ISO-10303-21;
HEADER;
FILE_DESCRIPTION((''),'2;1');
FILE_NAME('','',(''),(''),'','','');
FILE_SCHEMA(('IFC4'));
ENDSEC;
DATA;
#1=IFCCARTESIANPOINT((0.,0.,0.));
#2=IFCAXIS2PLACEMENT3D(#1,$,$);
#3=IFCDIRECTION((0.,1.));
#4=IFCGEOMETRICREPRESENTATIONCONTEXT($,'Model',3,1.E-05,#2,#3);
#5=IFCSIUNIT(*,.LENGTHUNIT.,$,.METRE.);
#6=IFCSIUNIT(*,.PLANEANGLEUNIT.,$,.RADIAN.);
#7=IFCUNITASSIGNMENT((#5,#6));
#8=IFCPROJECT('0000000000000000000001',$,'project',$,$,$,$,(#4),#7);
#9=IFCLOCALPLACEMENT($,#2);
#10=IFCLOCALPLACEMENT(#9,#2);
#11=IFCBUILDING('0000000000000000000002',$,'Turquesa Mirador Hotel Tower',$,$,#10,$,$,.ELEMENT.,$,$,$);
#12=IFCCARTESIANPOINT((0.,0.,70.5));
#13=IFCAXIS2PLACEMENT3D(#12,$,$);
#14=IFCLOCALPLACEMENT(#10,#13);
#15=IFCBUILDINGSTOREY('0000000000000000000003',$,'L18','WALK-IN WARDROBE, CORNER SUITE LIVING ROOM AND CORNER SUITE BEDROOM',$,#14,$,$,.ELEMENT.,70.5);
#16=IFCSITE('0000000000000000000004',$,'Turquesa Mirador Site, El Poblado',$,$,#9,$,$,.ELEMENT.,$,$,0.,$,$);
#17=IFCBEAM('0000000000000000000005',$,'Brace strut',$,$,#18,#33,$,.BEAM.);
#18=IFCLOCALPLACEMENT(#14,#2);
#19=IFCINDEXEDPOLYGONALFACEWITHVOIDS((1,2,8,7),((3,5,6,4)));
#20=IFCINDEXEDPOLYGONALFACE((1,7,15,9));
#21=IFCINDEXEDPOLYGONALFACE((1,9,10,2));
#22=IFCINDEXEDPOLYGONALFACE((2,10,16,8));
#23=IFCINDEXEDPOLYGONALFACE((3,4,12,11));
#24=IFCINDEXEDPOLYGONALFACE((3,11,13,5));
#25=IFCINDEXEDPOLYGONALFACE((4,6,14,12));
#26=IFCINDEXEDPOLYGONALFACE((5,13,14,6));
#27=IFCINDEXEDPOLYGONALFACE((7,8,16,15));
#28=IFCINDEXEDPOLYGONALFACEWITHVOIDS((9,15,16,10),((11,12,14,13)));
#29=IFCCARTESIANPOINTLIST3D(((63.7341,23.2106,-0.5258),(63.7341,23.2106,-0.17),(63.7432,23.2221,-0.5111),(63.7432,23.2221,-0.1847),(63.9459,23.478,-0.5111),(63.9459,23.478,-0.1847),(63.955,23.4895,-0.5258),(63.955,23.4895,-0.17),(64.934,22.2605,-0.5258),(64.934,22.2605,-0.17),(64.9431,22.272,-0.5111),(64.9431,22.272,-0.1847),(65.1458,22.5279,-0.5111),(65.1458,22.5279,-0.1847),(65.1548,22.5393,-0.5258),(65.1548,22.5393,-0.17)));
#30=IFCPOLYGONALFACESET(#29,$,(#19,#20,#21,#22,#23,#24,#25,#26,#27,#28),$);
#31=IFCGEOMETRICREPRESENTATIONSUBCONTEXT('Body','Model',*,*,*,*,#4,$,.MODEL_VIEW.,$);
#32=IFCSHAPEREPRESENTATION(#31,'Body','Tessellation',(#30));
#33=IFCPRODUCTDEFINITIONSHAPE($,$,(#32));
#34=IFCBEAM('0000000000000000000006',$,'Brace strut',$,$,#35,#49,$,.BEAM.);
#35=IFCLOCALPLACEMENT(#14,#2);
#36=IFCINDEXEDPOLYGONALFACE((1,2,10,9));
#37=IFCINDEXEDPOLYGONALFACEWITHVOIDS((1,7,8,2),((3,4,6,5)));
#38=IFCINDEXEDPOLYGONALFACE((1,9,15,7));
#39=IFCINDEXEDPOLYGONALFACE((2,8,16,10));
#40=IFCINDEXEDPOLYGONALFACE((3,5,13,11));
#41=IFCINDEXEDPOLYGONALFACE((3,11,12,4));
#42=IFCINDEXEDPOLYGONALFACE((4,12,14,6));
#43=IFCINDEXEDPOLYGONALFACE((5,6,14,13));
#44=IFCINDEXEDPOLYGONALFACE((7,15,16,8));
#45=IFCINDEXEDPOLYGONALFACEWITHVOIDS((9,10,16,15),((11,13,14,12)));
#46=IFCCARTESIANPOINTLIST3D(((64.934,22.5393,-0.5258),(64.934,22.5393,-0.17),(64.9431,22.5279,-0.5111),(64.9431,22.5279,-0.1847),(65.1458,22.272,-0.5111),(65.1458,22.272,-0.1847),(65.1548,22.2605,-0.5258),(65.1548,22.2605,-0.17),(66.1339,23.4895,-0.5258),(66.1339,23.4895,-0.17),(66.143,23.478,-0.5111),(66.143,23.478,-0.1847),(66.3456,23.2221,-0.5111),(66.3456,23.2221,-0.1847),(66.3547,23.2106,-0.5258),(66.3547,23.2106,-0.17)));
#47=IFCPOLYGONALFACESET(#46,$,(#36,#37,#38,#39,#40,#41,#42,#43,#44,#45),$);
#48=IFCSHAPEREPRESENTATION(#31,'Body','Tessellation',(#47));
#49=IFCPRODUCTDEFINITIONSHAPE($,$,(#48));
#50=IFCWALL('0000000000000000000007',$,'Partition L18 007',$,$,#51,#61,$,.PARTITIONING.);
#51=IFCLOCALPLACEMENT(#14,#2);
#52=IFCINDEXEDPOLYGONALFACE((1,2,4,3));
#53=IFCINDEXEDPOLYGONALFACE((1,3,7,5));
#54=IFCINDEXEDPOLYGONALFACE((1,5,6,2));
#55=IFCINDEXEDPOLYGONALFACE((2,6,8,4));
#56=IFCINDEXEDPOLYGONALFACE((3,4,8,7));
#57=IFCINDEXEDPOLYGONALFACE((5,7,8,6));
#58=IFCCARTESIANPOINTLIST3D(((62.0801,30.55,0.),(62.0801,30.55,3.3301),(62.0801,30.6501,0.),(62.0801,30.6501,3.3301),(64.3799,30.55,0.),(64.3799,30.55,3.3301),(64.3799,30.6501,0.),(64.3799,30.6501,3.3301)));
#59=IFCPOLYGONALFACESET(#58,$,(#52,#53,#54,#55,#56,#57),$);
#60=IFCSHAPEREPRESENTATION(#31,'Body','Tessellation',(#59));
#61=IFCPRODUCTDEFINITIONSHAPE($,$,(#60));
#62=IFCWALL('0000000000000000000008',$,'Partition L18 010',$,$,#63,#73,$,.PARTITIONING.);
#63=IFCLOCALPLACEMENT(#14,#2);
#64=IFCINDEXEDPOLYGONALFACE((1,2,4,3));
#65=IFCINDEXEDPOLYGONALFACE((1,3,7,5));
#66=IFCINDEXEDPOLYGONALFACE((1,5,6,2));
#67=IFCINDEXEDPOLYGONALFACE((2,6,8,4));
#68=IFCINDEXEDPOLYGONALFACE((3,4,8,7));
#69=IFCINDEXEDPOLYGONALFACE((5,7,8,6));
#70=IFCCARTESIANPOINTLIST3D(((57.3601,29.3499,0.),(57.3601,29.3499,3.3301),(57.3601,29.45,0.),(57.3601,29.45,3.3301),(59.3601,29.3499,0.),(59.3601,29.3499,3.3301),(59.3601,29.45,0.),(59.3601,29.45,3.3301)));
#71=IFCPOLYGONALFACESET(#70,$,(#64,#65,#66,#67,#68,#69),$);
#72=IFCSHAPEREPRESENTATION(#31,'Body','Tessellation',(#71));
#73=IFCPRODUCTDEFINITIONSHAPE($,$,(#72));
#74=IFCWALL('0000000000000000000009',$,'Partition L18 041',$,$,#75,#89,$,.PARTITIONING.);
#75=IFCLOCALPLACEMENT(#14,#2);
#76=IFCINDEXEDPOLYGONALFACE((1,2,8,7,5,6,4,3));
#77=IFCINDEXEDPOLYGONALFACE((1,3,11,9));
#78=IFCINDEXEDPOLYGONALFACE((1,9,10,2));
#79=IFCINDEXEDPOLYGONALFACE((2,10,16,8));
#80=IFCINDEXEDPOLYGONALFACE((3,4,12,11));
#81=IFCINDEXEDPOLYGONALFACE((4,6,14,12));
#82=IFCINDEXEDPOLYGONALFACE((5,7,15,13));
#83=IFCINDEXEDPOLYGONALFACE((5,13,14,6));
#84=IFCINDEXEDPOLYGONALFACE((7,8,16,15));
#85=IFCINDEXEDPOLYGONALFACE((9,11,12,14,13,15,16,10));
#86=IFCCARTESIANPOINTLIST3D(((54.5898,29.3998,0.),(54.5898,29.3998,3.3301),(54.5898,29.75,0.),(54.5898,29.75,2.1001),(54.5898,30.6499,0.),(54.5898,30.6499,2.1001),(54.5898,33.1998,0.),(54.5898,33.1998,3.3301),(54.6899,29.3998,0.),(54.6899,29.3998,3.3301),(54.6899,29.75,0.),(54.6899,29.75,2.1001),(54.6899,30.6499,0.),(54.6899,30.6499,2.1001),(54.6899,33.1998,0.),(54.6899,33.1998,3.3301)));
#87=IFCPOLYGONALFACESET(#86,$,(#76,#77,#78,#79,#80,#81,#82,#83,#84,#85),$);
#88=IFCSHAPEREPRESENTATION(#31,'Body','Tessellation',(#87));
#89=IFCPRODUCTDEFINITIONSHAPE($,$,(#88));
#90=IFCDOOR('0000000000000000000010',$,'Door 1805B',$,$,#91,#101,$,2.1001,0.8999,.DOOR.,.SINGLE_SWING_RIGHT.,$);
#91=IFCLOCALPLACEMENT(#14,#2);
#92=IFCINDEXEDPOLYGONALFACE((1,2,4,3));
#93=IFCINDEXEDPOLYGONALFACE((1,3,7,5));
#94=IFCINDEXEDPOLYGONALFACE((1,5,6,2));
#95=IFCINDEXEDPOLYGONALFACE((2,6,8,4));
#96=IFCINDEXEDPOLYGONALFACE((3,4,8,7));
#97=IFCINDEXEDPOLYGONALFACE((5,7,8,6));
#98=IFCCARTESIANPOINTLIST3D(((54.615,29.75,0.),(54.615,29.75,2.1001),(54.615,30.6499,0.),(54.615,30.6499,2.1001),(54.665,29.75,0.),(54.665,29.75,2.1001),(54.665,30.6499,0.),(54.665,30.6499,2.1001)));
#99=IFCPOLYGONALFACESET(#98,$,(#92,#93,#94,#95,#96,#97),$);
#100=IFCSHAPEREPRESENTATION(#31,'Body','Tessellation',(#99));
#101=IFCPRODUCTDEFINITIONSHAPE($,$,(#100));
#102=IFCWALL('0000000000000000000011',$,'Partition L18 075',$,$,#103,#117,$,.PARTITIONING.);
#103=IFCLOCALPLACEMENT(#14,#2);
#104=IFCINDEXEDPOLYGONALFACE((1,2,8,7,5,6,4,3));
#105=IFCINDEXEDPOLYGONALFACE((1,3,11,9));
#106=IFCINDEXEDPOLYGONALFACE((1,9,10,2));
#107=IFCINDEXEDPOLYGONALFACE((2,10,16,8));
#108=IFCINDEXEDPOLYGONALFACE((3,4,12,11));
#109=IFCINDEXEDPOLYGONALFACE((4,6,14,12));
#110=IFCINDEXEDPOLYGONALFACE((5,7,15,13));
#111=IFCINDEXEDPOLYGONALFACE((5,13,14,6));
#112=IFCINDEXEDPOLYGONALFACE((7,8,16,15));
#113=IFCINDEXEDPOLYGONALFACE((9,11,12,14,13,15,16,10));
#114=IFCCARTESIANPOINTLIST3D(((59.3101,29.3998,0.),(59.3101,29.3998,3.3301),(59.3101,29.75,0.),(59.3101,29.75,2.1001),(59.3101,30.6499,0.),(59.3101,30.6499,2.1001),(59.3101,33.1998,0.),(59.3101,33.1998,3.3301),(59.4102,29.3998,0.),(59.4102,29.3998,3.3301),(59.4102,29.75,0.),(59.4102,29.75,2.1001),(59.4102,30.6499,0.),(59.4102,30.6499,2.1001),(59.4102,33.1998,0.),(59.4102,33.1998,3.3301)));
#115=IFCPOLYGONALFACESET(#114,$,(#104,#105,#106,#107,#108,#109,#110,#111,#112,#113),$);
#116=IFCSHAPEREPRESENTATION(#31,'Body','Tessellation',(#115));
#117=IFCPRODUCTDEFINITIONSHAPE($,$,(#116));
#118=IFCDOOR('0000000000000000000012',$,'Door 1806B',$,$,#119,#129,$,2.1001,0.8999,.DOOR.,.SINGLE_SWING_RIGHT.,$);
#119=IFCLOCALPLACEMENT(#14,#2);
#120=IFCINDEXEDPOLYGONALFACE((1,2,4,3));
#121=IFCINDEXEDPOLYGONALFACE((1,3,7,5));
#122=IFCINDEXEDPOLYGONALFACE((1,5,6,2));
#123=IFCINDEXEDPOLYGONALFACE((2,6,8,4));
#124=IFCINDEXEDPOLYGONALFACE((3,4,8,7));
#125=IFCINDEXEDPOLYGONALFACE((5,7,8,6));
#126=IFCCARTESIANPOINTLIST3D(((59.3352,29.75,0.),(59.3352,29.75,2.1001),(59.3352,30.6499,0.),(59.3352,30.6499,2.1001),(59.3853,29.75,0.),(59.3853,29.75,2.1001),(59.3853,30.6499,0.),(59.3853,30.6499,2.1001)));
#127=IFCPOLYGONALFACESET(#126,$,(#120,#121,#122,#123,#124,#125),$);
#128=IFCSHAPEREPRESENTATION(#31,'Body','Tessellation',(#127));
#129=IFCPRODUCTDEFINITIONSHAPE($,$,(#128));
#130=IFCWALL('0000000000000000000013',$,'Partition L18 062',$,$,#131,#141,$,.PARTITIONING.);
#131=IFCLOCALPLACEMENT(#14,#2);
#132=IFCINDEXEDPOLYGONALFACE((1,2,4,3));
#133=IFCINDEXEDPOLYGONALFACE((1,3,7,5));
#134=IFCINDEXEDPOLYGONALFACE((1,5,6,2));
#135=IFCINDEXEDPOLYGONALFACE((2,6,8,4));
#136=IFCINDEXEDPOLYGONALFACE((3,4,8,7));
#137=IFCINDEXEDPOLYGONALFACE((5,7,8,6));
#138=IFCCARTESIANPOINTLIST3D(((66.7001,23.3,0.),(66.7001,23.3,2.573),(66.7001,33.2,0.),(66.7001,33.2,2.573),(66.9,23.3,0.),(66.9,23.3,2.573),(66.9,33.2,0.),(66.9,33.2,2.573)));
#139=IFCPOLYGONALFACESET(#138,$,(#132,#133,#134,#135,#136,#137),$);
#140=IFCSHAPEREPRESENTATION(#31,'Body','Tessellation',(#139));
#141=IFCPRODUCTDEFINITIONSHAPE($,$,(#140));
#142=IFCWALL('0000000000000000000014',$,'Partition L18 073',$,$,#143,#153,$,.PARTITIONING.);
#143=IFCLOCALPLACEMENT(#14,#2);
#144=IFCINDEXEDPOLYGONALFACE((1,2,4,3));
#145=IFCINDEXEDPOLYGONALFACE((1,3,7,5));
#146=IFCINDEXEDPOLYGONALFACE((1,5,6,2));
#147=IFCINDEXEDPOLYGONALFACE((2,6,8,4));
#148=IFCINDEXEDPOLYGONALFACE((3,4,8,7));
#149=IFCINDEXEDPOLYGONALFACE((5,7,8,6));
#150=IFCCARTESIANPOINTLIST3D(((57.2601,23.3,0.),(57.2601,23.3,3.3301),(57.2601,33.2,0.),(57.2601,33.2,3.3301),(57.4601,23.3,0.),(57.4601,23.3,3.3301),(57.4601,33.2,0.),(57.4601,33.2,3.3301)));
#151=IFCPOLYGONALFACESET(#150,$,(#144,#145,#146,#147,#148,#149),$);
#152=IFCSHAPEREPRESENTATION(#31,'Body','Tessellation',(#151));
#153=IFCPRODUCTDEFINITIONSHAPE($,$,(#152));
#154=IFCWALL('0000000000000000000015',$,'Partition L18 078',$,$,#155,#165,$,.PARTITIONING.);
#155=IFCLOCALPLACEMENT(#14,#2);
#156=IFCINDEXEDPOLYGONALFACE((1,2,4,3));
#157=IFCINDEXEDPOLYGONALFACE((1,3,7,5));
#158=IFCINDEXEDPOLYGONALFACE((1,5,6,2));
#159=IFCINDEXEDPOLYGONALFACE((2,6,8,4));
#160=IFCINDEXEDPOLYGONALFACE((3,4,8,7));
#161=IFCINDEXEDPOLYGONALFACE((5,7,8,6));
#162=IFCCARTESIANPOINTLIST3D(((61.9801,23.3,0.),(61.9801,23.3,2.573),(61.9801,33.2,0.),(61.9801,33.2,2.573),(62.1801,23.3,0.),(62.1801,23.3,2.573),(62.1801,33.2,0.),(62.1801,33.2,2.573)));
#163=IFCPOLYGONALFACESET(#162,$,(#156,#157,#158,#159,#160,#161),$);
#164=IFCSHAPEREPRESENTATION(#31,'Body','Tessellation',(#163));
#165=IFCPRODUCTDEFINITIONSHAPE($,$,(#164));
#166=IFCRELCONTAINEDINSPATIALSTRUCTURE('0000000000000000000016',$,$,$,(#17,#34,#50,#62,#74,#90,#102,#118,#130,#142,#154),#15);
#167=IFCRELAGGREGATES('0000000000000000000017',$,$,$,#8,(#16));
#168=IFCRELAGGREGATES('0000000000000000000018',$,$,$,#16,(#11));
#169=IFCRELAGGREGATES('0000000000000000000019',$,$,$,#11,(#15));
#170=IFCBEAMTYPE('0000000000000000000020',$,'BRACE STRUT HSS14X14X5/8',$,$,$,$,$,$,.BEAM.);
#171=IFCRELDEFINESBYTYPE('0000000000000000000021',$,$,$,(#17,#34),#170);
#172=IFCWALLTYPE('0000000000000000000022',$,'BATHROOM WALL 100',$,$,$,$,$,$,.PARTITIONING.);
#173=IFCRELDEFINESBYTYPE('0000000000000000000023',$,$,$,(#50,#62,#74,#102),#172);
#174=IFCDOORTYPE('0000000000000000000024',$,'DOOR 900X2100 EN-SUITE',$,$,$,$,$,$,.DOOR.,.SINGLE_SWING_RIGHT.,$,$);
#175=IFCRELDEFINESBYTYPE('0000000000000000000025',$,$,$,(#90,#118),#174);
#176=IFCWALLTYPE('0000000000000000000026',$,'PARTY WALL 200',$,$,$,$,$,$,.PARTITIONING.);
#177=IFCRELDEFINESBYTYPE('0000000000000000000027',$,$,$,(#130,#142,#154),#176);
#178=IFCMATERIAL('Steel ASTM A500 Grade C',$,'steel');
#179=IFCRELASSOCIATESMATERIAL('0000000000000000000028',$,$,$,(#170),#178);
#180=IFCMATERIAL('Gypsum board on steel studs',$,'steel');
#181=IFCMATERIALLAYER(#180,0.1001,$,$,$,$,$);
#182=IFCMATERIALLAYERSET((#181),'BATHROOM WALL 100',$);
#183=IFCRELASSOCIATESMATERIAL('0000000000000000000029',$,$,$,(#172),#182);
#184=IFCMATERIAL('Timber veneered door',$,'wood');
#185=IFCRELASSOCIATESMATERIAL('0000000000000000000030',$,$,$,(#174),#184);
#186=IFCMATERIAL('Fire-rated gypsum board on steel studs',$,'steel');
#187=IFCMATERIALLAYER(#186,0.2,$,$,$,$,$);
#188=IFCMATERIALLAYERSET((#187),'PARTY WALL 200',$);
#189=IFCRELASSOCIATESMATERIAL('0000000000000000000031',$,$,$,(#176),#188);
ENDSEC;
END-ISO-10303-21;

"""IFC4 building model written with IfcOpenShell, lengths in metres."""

from ifc_helpers import new_model, si_unit, direction, frame, frame_2d, origin, origin_2d, place, context, subcontext, project, spatial, rectangle, hollow_rectangle, extrude, material, layer, layer_set, material_profile, profile_set, type_object, element, fill, save


model = new_model("IFC4")

# Units and contexts
model_context = context("Model", 3, precision=1e-05, world=origin(), true_north=direction((0.0, 1.0)))
body_context = subcontext(model_context, "Body", "Model", "MODEL_VIEW")
ifc_project = project(units=[si_unit("LENGTHUNIT", "METRE"), si_unit("PLANEANGLEUNIT", "RADIAN")], contexts=[model_context])

# Site, building, storey
site_placement = place(None, origin())
site = spatial("IfcSite", under=ifc_project, at=site_placement, Name="Turquesa Mirador Site, El Poblado", CompositionType="ELEMENT", RefElevation=0.0)
building_placement = place(site_placement, origin())
building = spatial("IfcBuilding", under=site, at=building_placement, Name="Turquesa Mirador Hotel Tower", CompositionType="ELEMENT")
storey_placement = place(building_placement, frame((0.0, 0.0, 70.5)))
storey = spatial("IfcBuildingStorey", under=building, at=storey_placement, Name="L18", Description="WALK-IN WARDROBE, CORNER SUITE LIVING ROOM AND CORNER SUITE BEDROOM", CompositionType="ELEMENT", Elevation=70.5)

# Beams
ifc_material_1 = material(Name="Steel ASTM A500 Grade C", Category="steel")
ifc_material_profile_1 = material_profile(ifc_material_1, hollow_rectangle(XDim=0.3557, YDim=0.3557, WallThickness=0.0146, at=origin_2d()), Name="HSS14X14X5/8")
ifc_profile_set_1 = profile_set([ifc_material_profile_1], Name="Steel ASTM A500 Grade C")
beam_type_1 = type_object("IfcBeamType", Name="BRACE STRUT HSS14X14X5/8", PredefinedType="BEAM", material=ifc_profile_set_1)
for number, where, z_axis, x_axis, name in (
    (1, (65.0444, 22.3999, -0.3479), (-0.783971, 0.620797, 0.0), (-0.620797, -0.783971, 0.0), "Brace strut"),
    (2, (65.0444, 22.3999, -0.3479), (0.783971, 0.620797, 0.0), (-0.620797, 0.783971, 0.0), "Brace strut"),
):
    element("IfcBeam", number, at=place(storey_placement, frame(where, z_axis=z_axis, x_axis=x_axis)), inside=storey, type_object=beam_type_1, Name=name, PredefinedType="BEAM", context=body_context, shape_type="SweptSolid", body=[
        extrude(hollow_rectangle(XDim=0.3557, YDim=0.3557, WallThickness=0.0146, at=origin_2d()), origin(), (0.0, 0.0, 1.0), 1.5305),
    ])

# Walls
ifc_material_2 = material(Name="Gypsum board on steel studs", Category="steel")
ifc_layer_1 = layer(ifc_material_2, 0.1001)
ifc_layer_set_1 = layer_set([ifc_layer_1], Name="BATHROOM WALL 100")
wall_type_1 = type_object("IfcWallType", Name="BATHROOM WALL 100", PredefinedType="PARTITIONING", material=ifc_layer_set_1)
wall_1_placement = place(storey_placement, frame((62.0801, 30.6001, 0.0), z_axis=(0.0, 0.0, 1.0), x_axis=(1.0, 0.0, 0.0)))
element("IfcWall", 3, at=wall_1_placement, inside=storey, type_object=wall_type_1, Name="Partition L18 007", PredefinedType="PARTITIONING", context=body_context, shape_type="SweptSolid", body=[
    extrude(rectangle(XDim=2.2998, YDim=0.1001, at=frame_2d((1.1499, 0.0))), origin(), (0.0, 0.0, 1.0), 3.3301),
])
wall_2_placement = place(storey_placement, frame((57.3601, 29.3999, 0.0), z_axis=(0.0, 0.0, 1.0), x_axis=(1.0, 0.0, 0.0)))
element("IfcWall", 4, at=wall_2_placement, inside=storey, type_object=wall_type_1, Name="Partition L18 010", PredefinedType="PARTITIONING", context=body_context, shape_type="SweptSolid", body=[
    extrude(rectangle(XDim=2.0, YDim=0.1001, at=frame_2d((1.0, 0.0))), origin(), (0.0, 0.0, 1.0), 3.3301),
])

# Walls, openings, doors
wall_3_placement = place(storey_placement, frame((54.6399, 29.3999, 0.0), z_axis=(0.0, 0.0, 1.0), x_axis=(0.0, 1.0, 0.0)))
wall_3 = element("IfcWall", 5, at=wall_3_placement, inside=storey, type_object=wall_type_1, Name="Partition L18 041", PredefinedType="PARTITIONING", context=body_context, shape_type="SweptSolid", body=[
    extrude(rectangle(XDim=3.8, YDim=0.1001, at=frame_2d((1.8999, 0.0))), origin(), (0.0, 0.0, 1.0), 3.3301),
])
opening_1_placement = place(wall_3_placement, frame((0.3501, 0.0, 0.0)))
opening_1 = element("IfcOpeningElement", 6, at=opening_1_placement, cuts=wall_3, PredefinedType="OPENING", context=body_context, shape_type="SweptSolid", body=[
    extrude(rectangle(XDim=0.8999, YDim=2.1001, at=frame_2d((0.45, 1.05))), frame((0.0, 0.0601, 0.0), z_axis=(0.0, -1.0, 0.0), x_axis=(1.0, 0.0, 0.0)), (0.0, 0.0, 1.0), 0.1201),
])
ifc_material_3 = material(Name="Timber veneered door", Category="wood")
door_type = type_object("IfcDoorType", Name="DOOR 900X2100 EN-SUITE", OperationType="SINGLE_SWING_RIGHT", PredefinedType="DOOR", material=ifc_material_3)
door_1_placement = place(opening_1_placement, origin())
door_1 = element("IfcDoor", 7, at=door_1_placement, inside=storey, type_object=door_type, Name="Door 1805B", OperationType="SINGLE_SWING_RIGHT", OverallHeight=2.1001, OverallWidth=0.8999, PredefinedType="DOOR", context=body_context, shape_type="SweptSolid", body=[
    extrude(rectangle(XDim=0.8999, YDim=2.1001, at=frame_2d((0.45, 1.05))), frame((0.0, 0.0249, 0.0), z_axis=(0.0, -1.0, 0.0), x_axis=(1.0, 0.0, 0.0)), (0.0, 0.0, 1.0), 0.05),
])
fill(opening_1, door_1)
wall_4_placement = place(storey_placement, frame((59.3601, 29.3999, 0.0), z_axis=(0.0, 0.0, 1.0), x_axis=(0.0, 1.0, 0.0)))
wall_4 = element("IfcWall", 8, at=wall_4_placement, inside=storey, type_object=wall_type_1, Name="Partition L18 075", PredefinedType="PARTITIONING", context=body_context, shape_type="SweptSolid", body=[
    extrude(rectangle(XDim=3.8, YDim=0.1001, at=frame_2d((1.8999, 0.0))), origin(), (0.0, 0.0, 1.0), 3.3301),
])
opening_2_placement = place(wall_4_placement, frame((0.3501, 0.0, 0.0)))
opening_2 = element("IfcOpeningElement", 9, at=opening_2_placement, cuts=wall_4, PredefinedType="OPENING", context=body_context, shape_type="SweptSolid", body=[
    extrude(rectangle(XDim=0.8999, YDim=2.1001, at=frame_2d((0.45, 1.05))), frame((0.0, 0.0601, 0.0), z_axis=(0.0, -1.0, 0.0), x_axis=(1.0, 0.0, 0.0)), (0.0, 0.0, 1.0), 0.1201),
])
door_2_placement = place(opening_2_placement, origin())
door_2 = element("IfcDoor", 10, at=door_2_placement, inside=storey, type_object=door_type, Name="Door 1806B", OperationType="SINGLE_SWING_RIGHT", OverallHeight=2.1001, OverallWidth=0.8999, PredefinedType="DOOR", context=body_context, shape_type="SweptSolid", body=[
    extrude(rectangle(XDim=0.8999, YDim=2.1001, at=frame_2d((0.45, 1.05))), frame((0.0, 0.0249, 0.0), z_axis=(0.0, -1.0, 0.0), x_axis=(1.0, 0.0, 0.0)), (0.0, 0.0, 1.0), 0.05),
])
fill(opening_2, door_2)

# Walls
ifc_material_4 = material(Name="Fire-rated gypsum board on steel studs", Category="steel")
ifc_layer_2 = layer(ifc_material_4, 0.2)
ifc_layer_set_2 = layer_set([ifc_layer_2], Name="PARTY WALL 200")
wall_type_2 = type_object("IfcWallType", Name="PARTY WALL 200", PredefinedType="PARTITIONING", material=ifc_layer_set_2)
wall_5_placement = place(storey_placement, frame((66.8, 23.3, 0.0), z_axis=(0.0, 0.0, 1.0), x_axis=(0.0, 1.0, 0.0)))
element("IfcWall", 11, at=wall_5_placement, inside=storey, type_object=wall_type_2, Name="Partition L18 062", PredefinedType="PARTITIONING", context=body_context, shape_type="SweptSolid", body=[
    extrude(rectangle(XDim=9.8999, YDim=0.2, at=frame_2d((4.95, 0.0))), origin(), (0.0, 0.0, 1.0), 2.573),
])
wall_6_placement = place(storey_placement, frame((57.3601, 23.3, 0.0), z_axis=(0.0, 0.0, 1.0), x_axis=(0.0, 1.0, 0.0)))
element("IfcWall", 12, at=wall_6_placement, inside=storey, type_object=wall_type_2, Name="Partition L18 073", PredefinedType="PARTITIONING", context=body_context, shape_type="SweptSolid", body=[
    extrude(rectangle(XDim=9.8999, YDim=0.2, at=frame_2d((4.95, 0.0))), origin(), (0.0, 0.0, 1.0), 3.3301),
])
wall_7_placement = place(storey_placement, frame((62.0801, 23.3, 0.0), z_axis=(0.0, 0.0, 1.0), x_axis=(0.0, 1.0, 0.0)))
element("IfcWall", 13, at=wall_7_placement, inside=storey, type_object=wall_type_2, Name="Partition L18 078", PredefinedType="PARTITIONING", context=body_context, shape_type="SweptSolid", body=[
    extrude(rectangle(XDim=9.8999, YDim=0.2, at=frame_2d((4.95, 0.0))), origin(), (0.0, 0.0, 1.0), 2.573),
])

save(model, "model.ifc")
